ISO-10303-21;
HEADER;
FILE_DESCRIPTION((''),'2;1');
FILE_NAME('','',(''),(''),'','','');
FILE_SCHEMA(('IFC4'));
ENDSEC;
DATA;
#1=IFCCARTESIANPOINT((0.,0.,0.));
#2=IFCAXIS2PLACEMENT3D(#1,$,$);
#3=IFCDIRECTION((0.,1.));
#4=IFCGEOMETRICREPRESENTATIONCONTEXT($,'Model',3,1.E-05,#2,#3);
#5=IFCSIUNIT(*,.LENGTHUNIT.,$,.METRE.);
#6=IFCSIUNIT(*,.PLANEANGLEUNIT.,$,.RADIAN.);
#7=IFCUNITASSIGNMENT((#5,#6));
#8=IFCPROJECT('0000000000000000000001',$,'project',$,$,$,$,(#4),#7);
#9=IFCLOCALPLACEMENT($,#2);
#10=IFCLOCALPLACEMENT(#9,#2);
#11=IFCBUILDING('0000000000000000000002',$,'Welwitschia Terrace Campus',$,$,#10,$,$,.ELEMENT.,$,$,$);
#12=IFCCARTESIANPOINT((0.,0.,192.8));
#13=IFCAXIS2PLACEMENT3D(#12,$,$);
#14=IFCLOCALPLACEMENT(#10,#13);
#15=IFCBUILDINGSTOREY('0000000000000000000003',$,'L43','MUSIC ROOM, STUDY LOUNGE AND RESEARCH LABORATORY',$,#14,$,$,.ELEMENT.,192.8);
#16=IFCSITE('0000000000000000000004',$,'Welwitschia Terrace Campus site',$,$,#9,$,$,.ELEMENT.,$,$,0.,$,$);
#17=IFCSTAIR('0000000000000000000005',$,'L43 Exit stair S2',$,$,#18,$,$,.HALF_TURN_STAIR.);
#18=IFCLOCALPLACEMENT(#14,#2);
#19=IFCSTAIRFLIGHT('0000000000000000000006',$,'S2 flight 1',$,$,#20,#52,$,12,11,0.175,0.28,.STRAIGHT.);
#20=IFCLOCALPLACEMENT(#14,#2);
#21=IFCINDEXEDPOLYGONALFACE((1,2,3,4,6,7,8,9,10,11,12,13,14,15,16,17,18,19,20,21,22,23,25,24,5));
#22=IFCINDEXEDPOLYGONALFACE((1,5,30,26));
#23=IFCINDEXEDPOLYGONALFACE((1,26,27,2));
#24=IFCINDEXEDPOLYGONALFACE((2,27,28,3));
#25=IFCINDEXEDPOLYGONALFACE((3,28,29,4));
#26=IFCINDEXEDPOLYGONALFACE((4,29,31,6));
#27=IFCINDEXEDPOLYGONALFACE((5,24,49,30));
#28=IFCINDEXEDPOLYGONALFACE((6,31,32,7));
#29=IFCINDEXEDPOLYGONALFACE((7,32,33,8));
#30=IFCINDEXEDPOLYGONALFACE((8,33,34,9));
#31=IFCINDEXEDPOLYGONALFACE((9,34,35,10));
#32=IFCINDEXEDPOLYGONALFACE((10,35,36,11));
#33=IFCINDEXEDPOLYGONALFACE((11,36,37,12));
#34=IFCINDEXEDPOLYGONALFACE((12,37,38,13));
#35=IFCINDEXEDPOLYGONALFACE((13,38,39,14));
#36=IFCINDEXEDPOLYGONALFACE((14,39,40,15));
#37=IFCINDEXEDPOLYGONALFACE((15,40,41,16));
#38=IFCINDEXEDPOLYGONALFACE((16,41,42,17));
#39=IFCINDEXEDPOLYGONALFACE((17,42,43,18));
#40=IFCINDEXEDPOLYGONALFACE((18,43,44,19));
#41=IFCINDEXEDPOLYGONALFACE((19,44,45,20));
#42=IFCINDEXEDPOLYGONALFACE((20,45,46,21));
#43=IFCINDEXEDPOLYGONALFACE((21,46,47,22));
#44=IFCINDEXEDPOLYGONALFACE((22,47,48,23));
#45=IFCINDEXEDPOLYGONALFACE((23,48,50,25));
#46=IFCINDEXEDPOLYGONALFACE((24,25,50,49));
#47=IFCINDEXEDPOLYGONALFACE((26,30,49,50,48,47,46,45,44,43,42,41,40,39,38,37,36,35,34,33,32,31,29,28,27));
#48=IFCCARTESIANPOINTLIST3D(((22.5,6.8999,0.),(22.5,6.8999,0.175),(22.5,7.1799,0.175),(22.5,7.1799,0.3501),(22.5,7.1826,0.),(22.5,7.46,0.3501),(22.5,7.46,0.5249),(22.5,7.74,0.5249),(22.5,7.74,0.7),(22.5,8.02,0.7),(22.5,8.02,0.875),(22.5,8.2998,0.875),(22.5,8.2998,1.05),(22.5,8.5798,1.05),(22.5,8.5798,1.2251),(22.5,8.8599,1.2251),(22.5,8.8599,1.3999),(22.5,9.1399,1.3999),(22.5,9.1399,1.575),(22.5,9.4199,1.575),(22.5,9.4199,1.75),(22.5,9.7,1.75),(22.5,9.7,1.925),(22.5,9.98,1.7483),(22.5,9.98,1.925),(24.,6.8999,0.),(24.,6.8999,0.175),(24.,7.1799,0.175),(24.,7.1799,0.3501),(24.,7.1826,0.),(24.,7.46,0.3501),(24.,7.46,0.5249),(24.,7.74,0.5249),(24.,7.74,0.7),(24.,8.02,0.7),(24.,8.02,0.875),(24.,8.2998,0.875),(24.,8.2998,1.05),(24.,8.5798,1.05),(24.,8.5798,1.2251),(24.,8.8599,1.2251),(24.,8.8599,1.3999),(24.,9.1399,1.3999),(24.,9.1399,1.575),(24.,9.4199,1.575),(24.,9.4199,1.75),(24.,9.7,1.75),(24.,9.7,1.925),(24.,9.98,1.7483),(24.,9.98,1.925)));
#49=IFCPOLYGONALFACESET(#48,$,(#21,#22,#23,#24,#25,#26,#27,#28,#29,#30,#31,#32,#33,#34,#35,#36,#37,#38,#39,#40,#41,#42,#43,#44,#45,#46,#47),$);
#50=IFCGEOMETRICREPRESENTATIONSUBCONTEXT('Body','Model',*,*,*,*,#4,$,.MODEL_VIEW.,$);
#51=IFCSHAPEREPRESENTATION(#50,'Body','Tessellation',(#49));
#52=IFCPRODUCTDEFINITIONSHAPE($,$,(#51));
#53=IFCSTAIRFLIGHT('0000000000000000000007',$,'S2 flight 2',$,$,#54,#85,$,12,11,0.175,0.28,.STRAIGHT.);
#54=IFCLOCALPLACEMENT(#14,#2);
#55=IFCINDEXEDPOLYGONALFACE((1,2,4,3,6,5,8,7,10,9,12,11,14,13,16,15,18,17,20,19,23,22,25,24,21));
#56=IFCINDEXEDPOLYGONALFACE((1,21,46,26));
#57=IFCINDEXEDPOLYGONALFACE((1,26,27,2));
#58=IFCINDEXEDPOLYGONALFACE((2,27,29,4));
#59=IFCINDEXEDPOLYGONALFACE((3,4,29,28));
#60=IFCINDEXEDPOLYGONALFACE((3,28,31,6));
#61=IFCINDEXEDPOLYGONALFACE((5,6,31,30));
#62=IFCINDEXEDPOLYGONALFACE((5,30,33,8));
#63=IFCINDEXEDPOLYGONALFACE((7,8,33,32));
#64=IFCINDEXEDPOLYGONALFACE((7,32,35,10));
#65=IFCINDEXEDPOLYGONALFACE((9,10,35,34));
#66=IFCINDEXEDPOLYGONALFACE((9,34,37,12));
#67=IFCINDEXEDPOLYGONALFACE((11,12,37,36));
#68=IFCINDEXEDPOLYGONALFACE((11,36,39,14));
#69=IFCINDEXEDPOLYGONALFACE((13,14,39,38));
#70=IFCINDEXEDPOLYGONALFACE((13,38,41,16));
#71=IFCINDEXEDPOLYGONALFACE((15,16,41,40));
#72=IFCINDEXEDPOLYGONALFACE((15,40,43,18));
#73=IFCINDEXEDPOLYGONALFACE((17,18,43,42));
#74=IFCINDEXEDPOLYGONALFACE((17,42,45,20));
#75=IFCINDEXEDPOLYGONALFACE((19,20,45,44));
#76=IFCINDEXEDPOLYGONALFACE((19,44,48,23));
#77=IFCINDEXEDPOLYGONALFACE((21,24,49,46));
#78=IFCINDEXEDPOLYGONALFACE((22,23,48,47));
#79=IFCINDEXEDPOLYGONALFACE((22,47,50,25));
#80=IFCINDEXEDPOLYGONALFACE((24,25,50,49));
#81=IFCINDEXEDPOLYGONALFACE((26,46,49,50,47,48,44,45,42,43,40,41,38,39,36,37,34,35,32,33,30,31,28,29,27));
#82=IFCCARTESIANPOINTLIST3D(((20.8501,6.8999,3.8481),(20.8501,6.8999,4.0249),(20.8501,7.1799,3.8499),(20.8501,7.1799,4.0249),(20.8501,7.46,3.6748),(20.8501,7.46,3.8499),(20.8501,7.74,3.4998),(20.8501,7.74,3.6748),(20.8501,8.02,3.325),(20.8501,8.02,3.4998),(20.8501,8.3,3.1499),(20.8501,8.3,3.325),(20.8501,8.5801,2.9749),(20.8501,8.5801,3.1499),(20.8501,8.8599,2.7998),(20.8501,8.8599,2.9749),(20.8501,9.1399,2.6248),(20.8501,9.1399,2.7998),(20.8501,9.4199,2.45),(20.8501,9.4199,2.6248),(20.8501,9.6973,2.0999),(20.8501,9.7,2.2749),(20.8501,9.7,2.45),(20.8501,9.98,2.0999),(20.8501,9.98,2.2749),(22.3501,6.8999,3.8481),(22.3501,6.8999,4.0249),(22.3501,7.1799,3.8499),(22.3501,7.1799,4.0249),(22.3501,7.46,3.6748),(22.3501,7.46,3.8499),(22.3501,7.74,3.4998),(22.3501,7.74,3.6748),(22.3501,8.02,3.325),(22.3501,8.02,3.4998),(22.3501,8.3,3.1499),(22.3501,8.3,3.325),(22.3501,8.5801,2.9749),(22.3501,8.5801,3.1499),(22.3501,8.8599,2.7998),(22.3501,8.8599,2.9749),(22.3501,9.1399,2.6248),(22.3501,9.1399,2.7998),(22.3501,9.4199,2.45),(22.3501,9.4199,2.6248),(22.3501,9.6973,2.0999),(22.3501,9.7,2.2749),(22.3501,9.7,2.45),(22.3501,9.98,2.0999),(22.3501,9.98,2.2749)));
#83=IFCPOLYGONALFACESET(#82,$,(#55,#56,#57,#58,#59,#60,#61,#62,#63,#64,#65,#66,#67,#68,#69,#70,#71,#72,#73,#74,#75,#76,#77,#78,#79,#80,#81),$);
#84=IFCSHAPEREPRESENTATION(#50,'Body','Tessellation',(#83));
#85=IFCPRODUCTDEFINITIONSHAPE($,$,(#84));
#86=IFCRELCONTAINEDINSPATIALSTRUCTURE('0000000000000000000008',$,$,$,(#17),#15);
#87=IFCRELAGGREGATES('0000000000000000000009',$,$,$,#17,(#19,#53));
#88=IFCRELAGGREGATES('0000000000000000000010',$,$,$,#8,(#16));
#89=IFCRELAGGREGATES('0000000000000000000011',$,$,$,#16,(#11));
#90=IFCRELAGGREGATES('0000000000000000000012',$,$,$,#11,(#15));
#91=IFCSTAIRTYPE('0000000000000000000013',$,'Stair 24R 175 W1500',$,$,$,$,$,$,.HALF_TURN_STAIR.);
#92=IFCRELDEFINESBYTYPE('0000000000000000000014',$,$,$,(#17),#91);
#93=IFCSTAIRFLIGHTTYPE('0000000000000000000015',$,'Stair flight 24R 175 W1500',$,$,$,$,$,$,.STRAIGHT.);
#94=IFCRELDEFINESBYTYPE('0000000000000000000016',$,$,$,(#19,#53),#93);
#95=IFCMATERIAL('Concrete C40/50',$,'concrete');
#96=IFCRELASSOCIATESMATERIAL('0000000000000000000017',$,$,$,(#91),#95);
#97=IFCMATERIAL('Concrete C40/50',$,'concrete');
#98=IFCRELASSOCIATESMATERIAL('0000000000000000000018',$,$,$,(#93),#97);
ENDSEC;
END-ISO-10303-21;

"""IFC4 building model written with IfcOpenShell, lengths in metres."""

from ifc_helpers import new_model, si_unit, direction, frame, origin, place, context, subcontext, project, spatial, polyline, outline, extrude, material, type_object, element, aggregate, save


model = new_model("IFC4")

# Units and contexts
model_context = context("Model", 3, precision=1e-05, world=origin(), true_north=direction((0.0, 1.0)))
body_context = subcontext(model_context, "Body", "Model", "MODEL_VIEW")
ifc_project = project(units=[si_unit("LENGTHUNIT", "METRE"), si_unit("PLANEANGLEUNIT", "RADIAN")], contexts=[model_context])

# Site, building, storey
site_placement = place(None, origin())
site = spatial("IfcSite", under=ifc_project, at=site_placement, Name="Welwitschia Terrace Campus site", CompositionType="ELEMENT", RefElevation=0.0)
building_placement = place(site_placement, origin())
building = spatial("IfcBuilding", under=site, at=building_placement, Name="Welwitschia Terrace Campus", CompositionType="ELEMENT")
storey_placement = place(building_placement, frame((0.0, 0.0, 192.8)))
storey = spatial("IfcBuildingStorey", under=building, at=storey_placement, Name="L43", Description="MUSIC ROOM, STUDY LOUNGE AND RESEARCH LABORATORY", CompositionType="ELEMENT", Elevation=192.8)

# Stair, stair flights
ifc_material_1 = material(Name="Concrete C40/50", Category="concrete")
stair_type = type_object("IfcStairType", Name="Stair 24R 175 W1500", PredefinedType="HALF_TURN_STAIR", material=ifc_material_1)
stair_placement = place(storey_placement, origin())
stair = element("IfcStair", 1, at=stair_placement, inside=storey, type_object=stair_type, Name="L43 Exit stair S2", PredefinedType="HALF_TURN_STAIR")
ifc_material_2 = material(Name="Concrete C40/50", Category="concrete")
stair_flight_type = type_object("IfcStairFlightType", Name="Stair flight 24R 175 W1500", PredefinedType="STRAIGHT", material=ifc_material_2)
stair_flight_1_placement = place(storey_placement, frame((23.25, 6.8999, 0.0), z_axis=(0.0, 0.0, 1.0), x_axis=(0.0, 1.0, 0.0)))
stair_flight_1 = element("IfcStairFlight", 2, at=stair_flight_1_placement, type_object=stair_flight_type, Name="S2 flight 1", NumberOfRisers=12, NumberOfTreads=11, PredefinedType="STRAIGHT", RiserHeight=0.175, TreadLength=0.28, context=body_context, shape_type="SweptSolid", body=[
    extrude(outline(polyline([(0.0, 0.0), (0.0, 0.175), (0.28, 0.175), (0.28, 0.3501), (0.5601, 0.3501), (0.5601, 0.5249), (0.8401, 0.5249), (0.8401, 0.7), (1.1201, 0.7), (1.1201, 0.875), (1.3999, 0.875), (1.3999, 1.05), (1.6799, 1.05), (1.6799, 1.2251), (1.96, 1.2251), (1.96, 1.3999), (2.24, 1.3999), (2.24, 1.575), (2.52, 1.575), (2.52, 1.75), (2.8, 1.75), (2.8, 1.925), (3.0801, 1.925), (3.0801, 2.1001), (3.0801, 1.7483), (0.2827, 0.0), (0.0, 0.0)])), frame((0.0, 0.75, 0.0), z_axis=(0.0, -1.0, 0.0), x_axis=(1.0, 0.0, 0.0)), (0.0, 0.0, 1.0), 1.5),
])
stair_flight_2_placement = place(storey_placement, frame((21.6001, 9.98, 2.0999), z_axis=(0.0, 0.0, 1.0), x_axis=(0.0, -1.0, 0.0)))
stair_flight_2 = element("IfcStairFlight", 3, at=stair_flight_2_placement, type_object=stair_flight_type, Name="S2 flight 2", NumberOfRisers=12, NumberOfTreads=11, PredefinedType="STRAIGHT", RiserHeight=0.175, TreadLength=0.28, context=body_context, shape_type="SweptSolid", body=[
    extrude(outline(polyline([(0.0, 0.0), (0.0, 0.175), (0.28, 0.175), (0.28, 0.3501), (0.5601, 0.3501), (0.5601, 0.5249), (0.8401, 0.5249), (0.8401, 0.7), (1.1201, 0.7), (1.1201, 0.875), (1.3999, 0.875), (1.3999, 1.05), (1.6799, 1.05), (1.6799, 1.2251), (1.96, 1.2251), (1.96, 1.3999), (2.24, 1.3999), (2.24, 1.575), (2.52, 1.575), (2.52, 1.75), (2.8, 1.75), (2.8, 1.925), (3.0801, 1.925), (3.0801, 2.1001), (3.0801, 1.7483), (0.2827, 0.0), (0.0, 0.0)])), frame((0.0, 0.75, 0.0), z_axis=(0.0, -1.0, 0.0), x_axis=(1.0, 0.0, 0.0)), (0.0, 0.0, 1.0), 1.5),
])
aggregate(stair, [stair_flight_1, stair_flight_2])

save(model, "model.ifc")
